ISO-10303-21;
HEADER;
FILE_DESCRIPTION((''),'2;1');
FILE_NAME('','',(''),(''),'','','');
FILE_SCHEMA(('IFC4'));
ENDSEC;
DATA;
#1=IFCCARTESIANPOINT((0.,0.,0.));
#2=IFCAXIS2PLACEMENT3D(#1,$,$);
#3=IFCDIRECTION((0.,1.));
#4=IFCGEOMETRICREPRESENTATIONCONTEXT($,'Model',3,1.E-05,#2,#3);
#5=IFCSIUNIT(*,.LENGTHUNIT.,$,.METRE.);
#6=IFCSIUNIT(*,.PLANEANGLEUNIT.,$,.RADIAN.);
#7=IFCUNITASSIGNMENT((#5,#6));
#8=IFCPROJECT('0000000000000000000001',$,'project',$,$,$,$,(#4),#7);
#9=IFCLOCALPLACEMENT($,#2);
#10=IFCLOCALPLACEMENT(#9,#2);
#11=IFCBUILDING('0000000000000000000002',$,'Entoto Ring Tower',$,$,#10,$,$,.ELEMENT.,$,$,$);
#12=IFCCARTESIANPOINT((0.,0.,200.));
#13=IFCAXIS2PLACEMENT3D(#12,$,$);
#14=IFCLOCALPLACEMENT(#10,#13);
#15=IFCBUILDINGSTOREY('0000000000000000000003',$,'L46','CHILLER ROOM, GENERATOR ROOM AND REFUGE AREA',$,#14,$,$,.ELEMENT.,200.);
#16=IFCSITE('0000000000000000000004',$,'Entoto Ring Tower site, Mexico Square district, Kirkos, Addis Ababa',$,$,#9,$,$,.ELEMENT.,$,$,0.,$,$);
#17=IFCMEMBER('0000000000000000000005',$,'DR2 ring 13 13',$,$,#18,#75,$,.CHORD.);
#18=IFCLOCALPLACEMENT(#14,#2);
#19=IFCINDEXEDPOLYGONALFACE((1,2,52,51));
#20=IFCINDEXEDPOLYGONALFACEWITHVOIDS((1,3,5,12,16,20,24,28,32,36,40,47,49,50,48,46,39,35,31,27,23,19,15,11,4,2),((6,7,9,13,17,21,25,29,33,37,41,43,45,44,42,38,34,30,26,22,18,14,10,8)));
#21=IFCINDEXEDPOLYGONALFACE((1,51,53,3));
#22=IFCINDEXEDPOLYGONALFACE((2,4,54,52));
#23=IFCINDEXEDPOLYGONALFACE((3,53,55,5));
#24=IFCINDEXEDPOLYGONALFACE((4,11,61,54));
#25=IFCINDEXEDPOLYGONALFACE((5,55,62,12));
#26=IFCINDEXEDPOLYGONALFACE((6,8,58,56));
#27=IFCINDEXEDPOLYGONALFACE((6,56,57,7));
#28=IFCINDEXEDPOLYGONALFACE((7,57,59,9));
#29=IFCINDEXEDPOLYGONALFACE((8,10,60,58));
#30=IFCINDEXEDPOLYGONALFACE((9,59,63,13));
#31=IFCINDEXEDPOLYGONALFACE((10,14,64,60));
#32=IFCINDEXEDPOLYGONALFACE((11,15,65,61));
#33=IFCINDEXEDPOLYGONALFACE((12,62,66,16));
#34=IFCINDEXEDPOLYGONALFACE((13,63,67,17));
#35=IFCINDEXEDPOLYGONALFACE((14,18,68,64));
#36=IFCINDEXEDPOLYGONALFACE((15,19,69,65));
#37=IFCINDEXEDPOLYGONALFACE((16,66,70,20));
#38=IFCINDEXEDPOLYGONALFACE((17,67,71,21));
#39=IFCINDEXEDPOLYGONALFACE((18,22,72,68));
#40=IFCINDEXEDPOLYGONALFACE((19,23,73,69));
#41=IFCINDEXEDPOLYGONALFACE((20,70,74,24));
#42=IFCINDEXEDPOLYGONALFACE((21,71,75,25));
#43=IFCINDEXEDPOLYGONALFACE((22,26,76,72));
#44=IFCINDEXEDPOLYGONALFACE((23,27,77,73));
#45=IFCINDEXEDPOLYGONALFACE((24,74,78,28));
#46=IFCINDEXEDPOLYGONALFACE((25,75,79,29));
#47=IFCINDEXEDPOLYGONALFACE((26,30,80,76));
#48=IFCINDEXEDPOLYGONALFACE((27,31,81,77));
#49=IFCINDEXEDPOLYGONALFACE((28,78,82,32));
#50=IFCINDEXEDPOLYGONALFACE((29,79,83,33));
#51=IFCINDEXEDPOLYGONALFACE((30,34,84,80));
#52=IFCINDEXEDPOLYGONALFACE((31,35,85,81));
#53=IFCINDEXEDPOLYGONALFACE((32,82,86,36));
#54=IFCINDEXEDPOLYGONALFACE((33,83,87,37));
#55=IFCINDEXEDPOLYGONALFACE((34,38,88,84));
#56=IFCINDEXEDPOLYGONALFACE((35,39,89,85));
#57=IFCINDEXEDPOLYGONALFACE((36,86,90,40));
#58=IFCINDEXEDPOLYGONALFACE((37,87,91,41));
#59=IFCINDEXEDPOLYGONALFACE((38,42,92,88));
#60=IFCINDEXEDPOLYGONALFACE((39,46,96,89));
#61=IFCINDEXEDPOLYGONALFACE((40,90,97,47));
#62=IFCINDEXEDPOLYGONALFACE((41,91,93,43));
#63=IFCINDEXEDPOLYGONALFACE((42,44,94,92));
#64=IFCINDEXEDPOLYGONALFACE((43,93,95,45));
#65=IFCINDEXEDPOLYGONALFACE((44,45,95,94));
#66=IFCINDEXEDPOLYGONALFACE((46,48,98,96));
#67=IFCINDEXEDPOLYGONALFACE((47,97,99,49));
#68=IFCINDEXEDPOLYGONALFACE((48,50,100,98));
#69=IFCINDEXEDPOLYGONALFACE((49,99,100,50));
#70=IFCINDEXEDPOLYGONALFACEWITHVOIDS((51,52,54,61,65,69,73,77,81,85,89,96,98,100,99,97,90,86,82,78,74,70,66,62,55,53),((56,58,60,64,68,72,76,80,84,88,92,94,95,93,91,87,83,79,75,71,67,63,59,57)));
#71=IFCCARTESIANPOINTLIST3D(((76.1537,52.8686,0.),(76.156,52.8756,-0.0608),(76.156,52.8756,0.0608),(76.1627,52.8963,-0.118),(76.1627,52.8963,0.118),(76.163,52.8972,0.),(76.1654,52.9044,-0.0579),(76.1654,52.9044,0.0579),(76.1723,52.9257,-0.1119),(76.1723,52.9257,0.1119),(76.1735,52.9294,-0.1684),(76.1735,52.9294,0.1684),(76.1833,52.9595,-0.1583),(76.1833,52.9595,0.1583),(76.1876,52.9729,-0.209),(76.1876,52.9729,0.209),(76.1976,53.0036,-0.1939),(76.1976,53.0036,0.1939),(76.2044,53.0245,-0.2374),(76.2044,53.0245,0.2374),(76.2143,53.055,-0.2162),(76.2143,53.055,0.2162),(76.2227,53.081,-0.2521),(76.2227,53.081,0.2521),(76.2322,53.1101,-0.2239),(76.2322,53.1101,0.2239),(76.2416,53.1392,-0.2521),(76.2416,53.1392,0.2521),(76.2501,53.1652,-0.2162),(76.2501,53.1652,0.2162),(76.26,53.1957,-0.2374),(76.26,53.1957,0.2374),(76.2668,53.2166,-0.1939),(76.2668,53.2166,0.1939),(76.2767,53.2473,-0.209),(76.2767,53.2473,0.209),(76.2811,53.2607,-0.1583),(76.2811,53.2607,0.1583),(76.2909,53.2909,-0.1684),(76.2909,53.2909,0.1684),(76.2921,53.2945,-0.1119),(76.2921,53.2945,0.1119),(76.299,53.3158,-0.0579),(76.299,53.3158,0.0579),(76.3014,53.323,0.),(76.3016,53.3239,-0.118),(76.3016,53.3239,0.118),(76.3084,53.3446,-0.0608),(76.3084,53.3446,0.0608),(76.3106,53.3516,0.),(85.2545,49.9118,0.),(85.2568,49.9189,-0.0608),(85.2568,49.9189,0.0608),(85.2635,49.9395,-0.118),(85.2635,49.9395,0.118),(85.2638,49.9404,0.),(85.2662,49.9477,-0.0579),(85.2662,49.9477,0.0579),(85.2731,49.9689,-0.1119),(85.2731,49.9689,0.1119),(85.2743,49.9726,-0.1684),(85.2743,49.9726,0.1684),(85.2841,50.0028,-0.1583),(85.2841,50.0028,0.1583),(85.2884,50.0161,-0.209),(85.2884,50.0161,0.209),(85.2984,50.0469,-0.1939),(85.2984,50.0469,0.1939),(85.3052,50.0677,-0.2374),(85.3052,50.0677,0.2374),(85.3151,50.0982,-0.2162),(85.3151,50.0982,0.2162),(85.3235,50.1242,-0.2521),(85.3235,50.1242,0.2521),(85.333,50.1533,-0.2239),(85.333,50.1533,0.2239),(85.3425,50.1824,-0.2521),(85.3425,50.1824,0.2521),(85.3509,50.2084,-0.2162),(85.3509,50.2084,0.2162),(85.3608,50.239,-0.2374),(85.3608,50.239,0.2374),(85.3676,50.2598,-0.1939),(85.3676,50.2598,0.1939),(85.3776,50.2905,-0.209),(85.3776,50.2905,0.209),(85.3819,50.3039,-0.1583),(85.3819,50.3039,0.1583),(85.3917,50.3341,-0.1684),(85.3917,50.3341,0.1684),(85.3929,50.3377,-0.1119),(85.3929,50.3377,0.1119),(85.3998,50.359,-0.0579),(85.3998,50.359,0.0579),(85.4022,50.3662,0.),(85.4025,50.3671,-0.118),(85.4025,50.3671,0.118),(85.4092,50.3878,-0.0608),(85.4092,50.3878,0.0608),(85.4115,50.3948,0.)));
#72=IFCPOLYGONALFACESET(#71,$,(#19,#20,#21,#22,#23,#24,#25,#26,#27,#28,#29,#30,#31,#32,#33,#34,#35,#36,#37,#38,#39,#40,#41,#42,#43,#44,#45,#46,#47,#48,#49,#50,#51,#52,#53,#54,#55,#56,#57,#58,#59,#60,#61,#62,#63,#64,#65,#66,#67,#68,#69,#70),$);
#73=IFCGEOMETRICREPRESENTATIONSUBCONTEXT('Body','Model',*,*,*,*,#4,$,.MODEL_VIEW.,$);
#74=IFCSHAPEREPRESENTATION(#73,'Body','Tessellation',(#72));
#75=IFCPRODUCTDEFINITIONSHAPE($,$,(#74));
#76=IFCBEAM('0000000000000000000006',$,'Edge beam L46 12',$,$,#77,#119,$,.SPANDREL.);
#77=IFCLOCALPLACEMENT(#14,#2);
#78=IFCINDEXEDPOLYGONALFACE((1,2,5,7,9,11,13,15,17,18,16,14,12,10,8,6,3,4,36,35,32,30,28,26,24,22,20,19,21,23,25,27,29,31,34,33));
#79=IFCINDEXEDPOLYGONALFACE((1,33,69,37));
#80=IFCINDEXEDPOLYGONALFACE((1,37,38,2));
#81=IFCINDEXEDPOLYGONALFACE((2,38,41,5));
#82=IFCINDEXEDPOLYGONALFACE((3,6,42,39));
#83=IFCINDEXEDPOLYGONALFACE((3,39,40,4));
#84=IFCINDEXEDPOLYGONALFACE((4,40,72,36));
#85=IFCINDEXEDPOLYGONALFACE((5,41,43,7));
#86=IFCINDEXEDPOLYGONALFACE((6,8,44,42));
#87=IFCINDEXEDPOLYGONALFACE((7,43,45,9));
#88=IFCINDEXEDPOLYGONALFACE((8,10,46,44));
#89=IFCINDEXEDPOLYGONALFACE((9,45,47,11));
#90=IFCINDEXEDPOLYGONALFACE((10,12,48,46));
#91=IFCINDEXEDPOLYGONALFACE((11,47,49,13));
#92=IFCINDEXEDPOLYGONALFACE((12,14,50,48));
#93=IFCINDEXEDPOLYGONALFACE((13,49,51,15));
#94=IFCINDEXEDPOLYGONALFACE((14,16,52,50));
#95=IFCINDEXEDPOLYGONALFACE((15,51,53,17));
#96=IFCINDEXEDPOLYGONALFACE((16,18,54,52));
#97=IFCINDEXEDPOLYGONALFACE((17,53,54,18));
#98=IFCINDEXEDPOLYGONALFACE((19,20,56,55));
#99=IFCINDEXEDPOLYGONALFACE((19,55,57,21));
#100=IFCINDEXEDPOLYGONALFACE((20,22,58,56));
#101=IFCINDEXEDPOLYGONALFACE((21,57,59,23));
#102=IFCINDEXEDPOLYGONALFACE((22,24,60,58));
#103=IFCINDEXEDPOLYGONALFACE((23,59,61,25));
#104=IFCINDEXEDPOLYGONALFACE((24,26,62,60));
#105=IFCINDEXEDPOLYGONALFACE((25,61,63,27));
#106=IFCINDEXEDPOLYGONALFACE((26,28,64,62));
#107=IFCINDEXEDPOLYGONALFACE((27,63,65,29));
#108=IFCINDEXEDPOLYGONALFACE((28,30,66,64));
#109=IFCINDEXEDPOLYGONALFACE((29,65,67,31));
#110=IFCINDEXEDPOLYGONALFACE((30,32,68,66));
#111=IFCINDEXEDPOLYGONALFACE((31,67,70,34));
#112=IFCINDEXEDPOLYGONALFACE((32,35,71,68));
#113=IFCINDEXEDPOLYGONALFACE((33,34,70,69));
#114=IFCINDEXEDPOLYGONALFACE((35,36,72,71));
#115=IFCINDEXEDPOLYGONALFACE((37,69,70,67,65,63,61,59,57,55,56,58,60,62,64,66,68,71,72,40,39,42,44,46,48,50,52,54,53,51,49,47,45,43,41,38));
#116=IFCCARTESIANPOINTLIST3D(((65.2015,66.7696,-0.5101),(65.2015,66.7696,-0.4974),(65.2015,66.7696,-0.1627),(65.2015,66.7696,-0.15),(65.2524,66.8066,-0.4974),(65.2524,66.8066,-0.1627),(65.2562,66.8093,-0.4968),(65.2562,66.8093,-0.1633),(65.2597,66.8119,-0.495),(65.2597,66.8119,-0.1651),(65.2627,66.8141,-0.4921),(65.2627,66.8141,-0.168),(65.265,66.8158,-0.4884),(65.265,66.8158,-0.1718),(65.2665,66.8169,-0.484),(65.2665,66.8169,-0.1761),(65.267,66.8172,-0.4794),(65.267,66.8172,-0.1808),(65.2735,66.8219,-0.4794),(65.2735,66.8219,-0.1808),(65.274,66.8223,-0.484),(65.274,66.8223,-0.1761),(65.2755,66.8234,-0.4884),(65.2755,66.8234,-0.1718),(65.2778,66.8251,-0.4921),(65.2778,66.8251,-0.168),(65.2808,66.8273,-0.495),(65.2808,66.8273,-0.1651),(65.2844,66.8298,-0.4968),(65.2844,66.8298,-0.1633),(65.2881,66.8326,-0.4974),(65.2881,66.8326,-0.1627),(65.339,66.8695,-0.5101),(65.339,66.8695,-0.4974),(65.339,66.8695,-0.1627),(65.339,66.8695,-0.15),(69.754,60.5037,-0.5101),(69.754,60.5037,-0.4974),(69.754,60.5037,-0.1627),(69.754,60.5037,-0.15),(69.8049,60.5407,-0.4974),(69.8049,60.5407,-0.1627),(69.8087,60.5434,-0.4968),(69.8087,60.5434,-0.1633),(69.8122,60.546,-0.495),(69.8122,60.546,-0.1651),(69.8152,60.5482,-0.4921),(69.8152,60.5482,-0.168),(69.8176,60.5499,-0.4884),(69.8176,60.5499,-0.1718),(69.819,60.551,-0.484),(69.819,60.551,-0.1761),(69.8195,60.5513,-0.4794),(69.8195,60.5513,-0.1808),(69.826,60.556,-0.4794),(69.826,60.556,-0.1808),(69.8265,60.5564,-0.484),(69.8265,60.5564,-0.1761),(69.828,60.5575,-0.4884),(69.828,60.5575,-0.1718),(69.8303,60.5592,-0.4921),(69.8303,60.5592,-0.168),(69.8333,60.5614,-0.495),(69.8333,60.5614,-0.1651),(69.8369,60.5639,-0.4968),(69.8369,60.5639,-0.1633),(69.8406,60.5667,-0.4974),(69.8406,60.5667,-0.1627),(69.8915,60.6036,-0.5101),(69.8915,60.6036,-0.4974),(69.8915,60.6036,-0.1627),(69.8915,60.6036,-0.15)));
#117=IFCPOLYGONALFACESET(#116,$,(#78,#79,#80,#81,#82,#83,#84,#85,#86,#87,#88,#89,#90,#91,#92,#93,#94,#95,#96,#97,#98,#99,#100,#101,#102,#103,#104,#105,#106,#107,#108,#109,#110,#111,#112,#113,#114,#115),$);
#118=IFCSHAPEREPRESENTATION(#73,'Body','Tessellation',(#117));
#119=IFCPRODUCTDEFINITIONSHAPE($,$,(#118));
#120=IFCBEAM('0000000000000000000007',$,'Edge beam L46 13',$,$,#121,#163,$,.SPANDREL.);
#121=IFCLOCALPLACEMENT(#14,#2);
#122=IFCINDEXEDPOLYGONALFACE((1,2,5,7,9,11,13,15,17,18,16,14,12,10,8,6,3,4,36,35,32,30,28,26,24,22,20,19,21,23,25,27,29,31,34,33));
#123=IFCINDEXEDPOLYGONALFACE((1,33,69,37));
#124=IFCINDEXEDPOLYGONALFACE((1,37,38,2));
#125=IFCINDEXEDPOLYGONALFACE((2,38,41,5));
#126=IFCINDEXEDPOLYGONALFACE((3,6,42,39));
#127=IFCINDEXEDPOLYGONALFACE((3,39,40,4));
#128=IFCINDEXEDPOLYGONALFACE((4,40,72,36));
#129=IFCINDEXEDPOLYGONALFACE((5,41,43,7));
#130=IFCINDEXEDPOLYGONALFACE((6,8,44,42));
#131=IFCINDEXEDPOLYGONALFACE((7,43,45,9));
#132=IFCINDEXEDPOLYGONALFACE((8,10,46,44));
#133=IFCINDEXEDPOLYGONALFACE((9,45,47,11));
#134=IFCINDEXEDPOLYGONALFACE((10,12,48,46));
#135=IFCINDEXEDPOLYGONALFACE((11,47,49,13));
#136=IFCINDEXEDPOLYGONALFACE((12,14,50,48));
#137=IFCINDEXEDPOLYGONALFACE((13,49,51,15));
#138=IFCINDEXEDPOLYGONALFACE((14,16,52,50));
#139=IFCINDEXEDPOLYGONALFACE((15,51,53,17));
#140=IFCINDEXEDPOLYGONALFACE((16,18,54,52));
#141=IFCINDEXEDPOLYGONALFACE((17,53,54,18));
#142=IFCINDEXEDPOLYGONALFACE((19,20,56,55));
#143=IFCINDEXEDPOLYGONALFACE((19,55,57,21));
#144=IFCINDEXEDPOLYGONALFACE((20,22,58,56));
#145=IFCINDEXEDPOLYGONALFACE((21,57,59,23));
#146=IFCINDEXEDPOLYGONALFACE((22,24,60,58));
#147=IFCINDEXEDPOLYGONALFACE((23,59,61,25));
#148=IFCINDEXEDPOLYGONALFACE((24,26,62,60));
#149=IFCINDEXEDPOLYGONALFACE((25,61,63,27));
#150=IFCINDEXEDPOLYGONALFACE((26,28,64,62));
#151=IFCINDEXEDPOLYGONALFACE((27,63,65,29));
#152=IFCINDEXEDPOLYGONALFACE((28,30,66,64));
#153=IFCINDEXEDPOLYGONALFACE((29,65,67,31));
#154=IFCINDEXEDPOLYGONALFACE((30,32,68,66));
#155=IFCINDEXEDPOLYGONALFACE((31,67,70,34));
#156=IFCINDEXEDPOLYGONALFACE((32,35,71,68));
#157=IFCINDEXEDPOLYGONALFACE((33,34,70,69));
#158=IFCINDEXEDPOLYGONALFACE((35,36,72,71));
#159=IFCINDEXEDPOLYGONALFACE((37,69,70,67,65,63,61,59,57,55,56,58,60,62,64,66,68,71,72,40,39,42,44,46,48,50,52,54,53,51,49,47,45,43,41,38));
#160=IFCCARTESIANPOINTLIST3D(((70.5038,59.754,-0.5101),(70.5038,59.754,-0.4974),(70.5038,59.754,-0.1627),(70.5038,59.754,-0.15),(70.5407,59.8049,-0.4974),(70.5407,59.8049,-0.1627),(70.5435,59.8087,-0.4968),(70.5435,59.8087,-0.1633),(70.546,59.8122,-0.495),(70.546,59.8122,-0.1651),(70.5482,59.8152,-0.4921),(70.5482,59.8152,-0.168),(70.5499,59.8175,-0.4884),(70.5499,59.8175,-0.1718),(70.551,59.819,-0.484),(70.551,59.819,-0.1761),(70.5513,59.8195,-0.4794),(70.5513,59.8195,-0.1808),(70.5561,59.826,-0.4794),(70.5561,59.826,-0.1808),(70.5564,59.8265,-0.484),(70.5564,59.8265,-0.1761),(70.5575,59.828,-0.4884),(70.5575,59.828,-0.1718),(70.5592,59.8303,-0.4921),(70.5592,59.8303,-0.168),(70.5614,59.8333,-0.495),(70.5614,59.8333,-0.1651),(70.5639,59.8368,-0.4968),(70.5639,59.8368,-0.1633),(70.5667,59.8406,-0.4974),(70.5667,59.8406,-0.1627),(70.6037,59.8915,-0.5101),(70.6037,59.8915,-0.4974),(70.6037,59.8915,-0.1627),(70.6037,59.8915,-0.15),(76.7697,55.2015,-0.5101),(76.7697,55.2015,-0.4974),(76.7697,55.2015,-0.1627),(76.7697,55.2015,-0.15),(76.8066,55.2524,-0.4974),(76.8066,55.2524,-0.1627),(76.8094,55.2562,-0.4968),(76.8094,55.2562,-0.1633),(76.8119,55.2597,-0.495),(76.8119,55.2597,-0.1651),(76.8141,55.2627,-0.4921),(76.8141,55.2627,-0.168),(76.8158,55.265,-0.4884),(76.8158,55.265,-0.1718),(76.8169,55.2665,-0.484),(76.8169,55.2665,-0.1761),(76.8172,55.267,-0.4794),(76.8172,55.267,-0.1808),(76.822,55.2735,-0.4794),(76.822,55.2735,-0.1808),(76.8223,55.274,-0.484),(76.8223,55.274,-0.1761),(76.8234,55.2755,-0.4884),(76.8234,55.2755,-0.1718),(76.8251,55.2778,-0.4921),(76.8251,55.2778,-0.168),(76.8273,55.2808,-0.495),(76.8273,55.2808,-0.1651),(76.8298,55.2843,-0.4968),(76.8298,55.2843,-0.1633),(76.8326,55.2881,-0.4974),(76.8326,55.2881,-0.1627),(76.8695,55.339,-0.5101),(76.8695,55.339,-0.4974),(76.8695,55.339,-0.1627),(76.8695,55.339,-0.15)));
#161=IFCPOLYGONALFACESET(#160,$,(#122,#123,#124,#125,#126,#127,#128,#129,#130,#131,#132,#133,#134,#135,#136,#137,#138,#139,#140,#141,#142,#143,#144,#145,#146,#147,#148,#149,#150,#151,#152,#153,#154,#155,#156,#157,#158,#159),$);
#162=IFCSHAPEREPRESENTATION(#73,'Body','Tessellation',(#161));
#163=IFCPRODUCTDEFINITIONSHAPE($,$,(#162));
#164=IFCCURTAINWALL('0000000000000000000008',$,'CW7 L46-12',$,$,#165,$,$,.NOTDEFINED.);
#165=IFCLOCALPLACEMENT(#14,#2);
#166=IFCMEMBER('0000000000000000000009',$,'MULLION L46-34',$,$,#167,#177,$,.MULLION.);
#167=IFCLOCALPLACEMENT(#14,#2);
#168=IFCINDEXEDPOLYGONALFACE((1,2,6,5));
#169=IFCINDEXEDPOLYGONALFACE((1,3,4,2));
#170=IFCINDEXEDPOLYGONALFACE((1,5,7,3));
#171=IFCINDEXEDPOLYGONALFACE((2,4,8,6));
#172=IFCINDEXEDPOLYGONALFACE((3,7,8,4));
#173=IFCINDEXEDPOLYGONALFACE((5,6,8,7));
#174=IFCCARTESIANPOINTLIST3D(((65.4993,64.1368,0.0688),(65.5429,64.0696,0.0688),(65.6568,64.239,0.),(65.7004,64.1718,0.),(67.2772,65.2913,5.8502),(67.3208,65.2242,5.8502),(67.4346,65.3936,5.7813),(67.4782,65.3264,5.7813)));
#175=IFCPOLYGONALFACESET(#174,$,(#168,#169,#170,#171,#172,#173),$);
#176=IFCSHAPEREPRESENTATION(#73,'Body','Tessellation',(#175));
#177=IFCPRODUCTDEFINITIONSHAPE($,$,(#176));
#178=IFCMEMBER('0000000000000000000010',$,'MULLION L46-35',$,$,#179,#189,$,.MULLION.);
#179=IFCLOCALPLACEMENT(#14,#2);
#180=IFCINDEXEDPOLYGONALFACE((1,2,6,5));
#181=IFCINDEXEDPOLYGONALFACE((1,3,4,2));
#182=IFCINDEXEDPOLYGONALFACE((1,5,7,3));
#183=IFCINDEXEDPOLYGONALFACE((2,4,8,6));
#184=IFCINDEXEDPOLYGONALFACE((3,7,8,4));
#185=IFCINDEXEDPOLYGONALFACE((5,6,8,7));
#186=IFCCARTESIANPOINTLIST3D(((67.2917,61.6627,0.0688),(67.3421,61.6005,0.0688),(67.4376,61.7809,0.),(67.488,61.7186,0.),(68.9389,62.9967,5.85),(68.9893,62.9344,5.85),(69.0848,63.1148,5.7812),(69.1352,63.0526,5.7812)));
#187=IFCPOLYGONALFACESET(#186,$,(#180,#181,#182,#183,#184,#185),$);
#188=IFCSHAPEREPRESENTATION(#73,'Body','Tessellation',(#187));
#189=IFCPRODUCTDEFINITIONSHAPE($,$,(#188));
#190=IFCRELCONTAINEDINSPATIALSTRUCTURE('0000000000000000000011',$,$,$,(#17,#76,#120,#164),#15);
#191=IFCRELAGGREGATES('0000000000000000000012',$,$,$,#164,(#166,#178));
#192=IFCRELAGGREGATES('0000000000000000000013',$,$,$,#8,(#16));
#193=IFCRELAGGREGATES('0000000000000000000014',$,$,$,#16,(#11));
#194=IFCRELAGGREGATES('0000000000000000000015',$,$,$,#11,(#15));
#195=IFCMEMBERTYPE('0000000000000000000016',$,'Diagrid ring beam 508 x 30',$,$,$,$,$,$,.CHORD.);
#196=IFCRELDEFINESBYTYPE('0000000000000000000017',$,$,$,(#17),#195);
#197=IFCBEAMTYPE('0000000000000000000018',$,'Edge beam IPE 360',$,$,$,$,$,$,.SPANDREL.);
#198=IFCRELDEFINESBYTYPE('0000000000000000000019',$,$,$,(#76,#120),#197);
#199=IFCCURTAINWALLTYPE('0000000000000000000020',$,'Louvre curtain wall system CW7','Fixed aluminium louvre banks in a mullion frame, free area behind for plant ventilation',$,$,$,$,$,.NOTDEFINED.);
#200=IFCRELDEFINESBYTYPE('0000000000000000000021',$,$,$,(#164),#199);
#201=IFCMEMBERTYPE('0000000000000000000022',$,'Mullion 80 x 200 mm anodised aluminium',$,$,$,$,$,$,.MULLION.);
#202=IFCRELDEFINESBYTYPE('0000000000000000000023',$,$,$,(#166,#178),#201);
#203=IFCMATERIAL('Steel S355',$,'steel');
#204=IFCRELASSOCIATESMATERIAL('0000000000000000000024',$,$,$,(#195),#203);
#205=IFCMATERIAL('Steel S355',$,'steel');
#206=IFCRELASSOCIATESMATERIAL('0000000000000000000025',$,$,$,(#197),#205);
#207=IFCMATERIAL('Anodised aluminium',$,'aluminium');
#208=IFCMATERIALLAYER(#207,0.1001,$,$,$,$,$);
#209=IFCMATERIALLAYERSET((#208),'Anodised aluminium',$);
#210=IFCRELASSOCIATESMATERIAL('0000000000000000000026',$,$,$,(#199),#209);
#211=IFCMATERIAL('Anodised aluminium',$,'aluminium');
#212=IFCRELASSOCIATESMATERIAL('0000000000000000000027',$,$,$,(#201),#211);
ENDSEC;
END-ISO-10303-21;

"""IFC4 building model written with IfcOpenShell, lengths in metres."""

from ifc_helpers import new_model, si_unit, direction, frame, origin, origin_2d, place, context, subcontext, project, spatial, rectangle, circle, hollow_circle, i_section, extrude, material, layer, layer_set, material_profile, profile_set, type_object, element, aggregate, save


model = new_model("IFC4")

# Units and contexts
model_context = context("Model", 3, precision=1e-05, world=origin(), true_north=direction((0.0, 1.0)))
body_context = subcontext(model_context, "Body", "Model", "MODEL_VIEW")
ifc_project = project(units=[si_unit("LENGTHUNIT", "METRE"), si_unit("PLANEANGLEUNIT", "RADIAN")], contexts=[model_context])

# Site, building, storey
site_placement = place(None, origin())
site = spatial("IfcSite", under=ifc_project, at=site_placement, Name="Entoto Ring Tower site, Mexico Square district, Kirkos, Addis Ababa", CompositionType="ELEMENT", RefElevation=0.0)
building_placement = place(site_placement, origin())
building = spatial("IfcBuilding", under=site, at=building_placement, Name="Entoto Ring Tower", CompositionType="ELEMENT")
storey_placement = place(building_placement, frame((0.0, 0.0, 200.0)))
storey = spatial("IfcBuildingStorey", under=building, at=storey_placement, Name="L46", Description="CHILLER ROOM, GENERATOR ROOM AND REFUGE AREA", CompositionType="ELEMENT", Elevation=200.0)

# Member
ifc_material_1 = material(Name="Steel S355", Category="steel")
ifc_material_profile_1 = material_profile(ifc_material_1, hollow_circle(Radius=0.2539, WallThickness=0.03, at=origin_2d()), Name="CHS 508 x 30")
ifc_material_2 = material(Name="Concrete C60/75", Category="concrete")
ifc_material_profile_2 = material_profile(ifc_material_2, circle(Radius=0.2241, at=origin_2d()), Name="Concrete C60/75 infill")
ifc_profile_set_1 = profile_set([ifc_material_profile_1, ifc_material_profile_2], Name="Steel S355")
member_type_1 = type_object("IfcMemberType", Name="Diagrid ring beam 508 x 30", PredefinedType="CHORD", material=ifc_profile_set_1)
for number, where, z_axis, x_axis, name in (
    (1, (76.2322, 53.1101, 0.0), (0.951064, -0.308993, 0.0), (0.308993, 0.951064, 0.0), "DR2 ring 13 13"),
):
    element("IfcMember", number, at=place(storey_placement, frame(where, z_axis=z_axis, x_axis=x_axis)), inside=storey, type_object=member_type_1, Name=name, PredefinedType="CHORD", context=body_context, shape_type="SweptSolid", body=[
        extrude(hollow_circle(Radius=0.2539, WallThickness=0.03, at=origin_2d()), origin(), (0.0, 0.0, 1.0), 9.5691),
    ])

# Beams
ifc_material_3 = material(Name="Steel S355", Category="steel")
ifc_material_profile_3 = material_profile(ifc_material_3, i_section(OverallWidth=0.1699, OverallDepth=0.3601, WebThickness=0.0081, FlangeThickness=0.0127, FilletRadius=0.0181, at=origin_2d()), Name="IPE 360")
ifc_profile_set_2 = profile_set([ifc_material_profile_3], Name="Steel S355")
beam_type_1 = type_object("IfcBeamType", Name="Edge beam IPE 360", PredefinedType="SPANDREL", material=ifc_profile_set_2)
for number, where, z_axis, x_axis, name in (
    (2, (65.2703, 66.8196, -0.3301), (0.587791, -0.809013, 0.0), (0.809013, 0.587791, 0.0), "Edge beam L46 12"),
    (3, (70.5537, 59.8228, -0.3301), (0.809013, -0.587791, 0.0), (0.587791, 0.809013, 0.0), "Edge beam L46 13"),
):
    element("IfcBeam", number, at=place(storey_placement, frame(where, z_axis=z_axis, x_axis=x_axis)), inside=storey, type_object=beam_type_1, Name=name, PredefinedType="SPANDREL", context=body_context, shape_type="SweptSolid", body=[
        extrude(i_section(OverallWidth=0.1699, OverallDepth=0.3601, WebThickness=0.0081, FlangeThickness=0.0127, FilletRadius=0.0181, at=origin_2d()), origin(), (0.0, 0.0, 1.0), 7.7451),
    ])

# Curtain wall, members
ifc_material_4 = material(Name="Anodised aluminium", Category="aluminium")
ifc_layer_1 = layer(ifc_material_4, 0.1001)
ifc_layer_set_1 = layer_set([ifc_layer_1], Name="Anodised aluminium")
curtain_wall_type = type_object("IfcCurtainWallType", Name="Louvre curtain wall system CW7", Description="Fixed aluminium louvre banks in a mullion frame, free area behind for plant ventilation", PredefinedType="NOTDEFINED", material=ifc_layer_set_1)
curtain_wall_1_placement = place(storey_placement, origin())
curtain_wall_1 = element("IfcCurtainWall", 4, at=curtain_wall_1_placement, inside=storey, type_object=curtain_wall_type, Name="CW7 L46-12", PredefinedType="NOTDEFINED")
ifc_material_5 = material(Name="Anodised aluminium", Category="aluminium")
ifc_material_profile_4 = material_profile(ifc_material_5, rectangle(XDim=0.0801, YDim=0.2, at=origin_2d()), Name="Mullion 80 x 200 mm anodised aluminium")
ifc_profile_set_3 = profile_set([ifc_material_profile_4], Name="Anodised aluminium")
member_type_2 = type_object("IfcMemberType", Name="Mullion 80 x 200 mm anodised aluminium", PredefinedType="MULLION", material=ifc_profile_set_3)
member_1_placement = place(storey_placement, frame((65.5999, 64.1543, 0.0344), z_axis=(0.28872, 0.187497, 0.938875), x_axis=(-0.54464, 0.83867, 0.0)))
member_1 = element("IfcMember", 5, at=member_1_placement, type_object=member_type_2, Name="MULLION L46-34", PredefinedType="MULLION", context=body_context, shape_type="SweptSolid", body=[
    extrude(rectangle(XDim=0.0801, YDim=0.2, at=origin_2d()), origin(), (0.0, 0.0, 1.0), 6.1577),
])
member_2_placement = place(storey_placement, frame((67.3899, 61.6907, 0.0344), z_axis=(0.267511, 0.216641, 0.938885), x_axis=(-0.629347, 0.777124, 0.0)))
member_2 = element("IfcMember", 6, at=member_2_placement, type_object=member_type_2, Name="MULLION L46-35", PredefinedType="MULLION", context=body_context, shape_type="SweptSolid", body=[
    extrude(rectangle(XDim=0.0801, YDim=0.2, at=origin_2d()), origin(), (0.0, 0.0, 1.0), 6.1575),
])
aggregate(curtain_wall_1, [member_1, member_2])

save(model, "model.ifc")
